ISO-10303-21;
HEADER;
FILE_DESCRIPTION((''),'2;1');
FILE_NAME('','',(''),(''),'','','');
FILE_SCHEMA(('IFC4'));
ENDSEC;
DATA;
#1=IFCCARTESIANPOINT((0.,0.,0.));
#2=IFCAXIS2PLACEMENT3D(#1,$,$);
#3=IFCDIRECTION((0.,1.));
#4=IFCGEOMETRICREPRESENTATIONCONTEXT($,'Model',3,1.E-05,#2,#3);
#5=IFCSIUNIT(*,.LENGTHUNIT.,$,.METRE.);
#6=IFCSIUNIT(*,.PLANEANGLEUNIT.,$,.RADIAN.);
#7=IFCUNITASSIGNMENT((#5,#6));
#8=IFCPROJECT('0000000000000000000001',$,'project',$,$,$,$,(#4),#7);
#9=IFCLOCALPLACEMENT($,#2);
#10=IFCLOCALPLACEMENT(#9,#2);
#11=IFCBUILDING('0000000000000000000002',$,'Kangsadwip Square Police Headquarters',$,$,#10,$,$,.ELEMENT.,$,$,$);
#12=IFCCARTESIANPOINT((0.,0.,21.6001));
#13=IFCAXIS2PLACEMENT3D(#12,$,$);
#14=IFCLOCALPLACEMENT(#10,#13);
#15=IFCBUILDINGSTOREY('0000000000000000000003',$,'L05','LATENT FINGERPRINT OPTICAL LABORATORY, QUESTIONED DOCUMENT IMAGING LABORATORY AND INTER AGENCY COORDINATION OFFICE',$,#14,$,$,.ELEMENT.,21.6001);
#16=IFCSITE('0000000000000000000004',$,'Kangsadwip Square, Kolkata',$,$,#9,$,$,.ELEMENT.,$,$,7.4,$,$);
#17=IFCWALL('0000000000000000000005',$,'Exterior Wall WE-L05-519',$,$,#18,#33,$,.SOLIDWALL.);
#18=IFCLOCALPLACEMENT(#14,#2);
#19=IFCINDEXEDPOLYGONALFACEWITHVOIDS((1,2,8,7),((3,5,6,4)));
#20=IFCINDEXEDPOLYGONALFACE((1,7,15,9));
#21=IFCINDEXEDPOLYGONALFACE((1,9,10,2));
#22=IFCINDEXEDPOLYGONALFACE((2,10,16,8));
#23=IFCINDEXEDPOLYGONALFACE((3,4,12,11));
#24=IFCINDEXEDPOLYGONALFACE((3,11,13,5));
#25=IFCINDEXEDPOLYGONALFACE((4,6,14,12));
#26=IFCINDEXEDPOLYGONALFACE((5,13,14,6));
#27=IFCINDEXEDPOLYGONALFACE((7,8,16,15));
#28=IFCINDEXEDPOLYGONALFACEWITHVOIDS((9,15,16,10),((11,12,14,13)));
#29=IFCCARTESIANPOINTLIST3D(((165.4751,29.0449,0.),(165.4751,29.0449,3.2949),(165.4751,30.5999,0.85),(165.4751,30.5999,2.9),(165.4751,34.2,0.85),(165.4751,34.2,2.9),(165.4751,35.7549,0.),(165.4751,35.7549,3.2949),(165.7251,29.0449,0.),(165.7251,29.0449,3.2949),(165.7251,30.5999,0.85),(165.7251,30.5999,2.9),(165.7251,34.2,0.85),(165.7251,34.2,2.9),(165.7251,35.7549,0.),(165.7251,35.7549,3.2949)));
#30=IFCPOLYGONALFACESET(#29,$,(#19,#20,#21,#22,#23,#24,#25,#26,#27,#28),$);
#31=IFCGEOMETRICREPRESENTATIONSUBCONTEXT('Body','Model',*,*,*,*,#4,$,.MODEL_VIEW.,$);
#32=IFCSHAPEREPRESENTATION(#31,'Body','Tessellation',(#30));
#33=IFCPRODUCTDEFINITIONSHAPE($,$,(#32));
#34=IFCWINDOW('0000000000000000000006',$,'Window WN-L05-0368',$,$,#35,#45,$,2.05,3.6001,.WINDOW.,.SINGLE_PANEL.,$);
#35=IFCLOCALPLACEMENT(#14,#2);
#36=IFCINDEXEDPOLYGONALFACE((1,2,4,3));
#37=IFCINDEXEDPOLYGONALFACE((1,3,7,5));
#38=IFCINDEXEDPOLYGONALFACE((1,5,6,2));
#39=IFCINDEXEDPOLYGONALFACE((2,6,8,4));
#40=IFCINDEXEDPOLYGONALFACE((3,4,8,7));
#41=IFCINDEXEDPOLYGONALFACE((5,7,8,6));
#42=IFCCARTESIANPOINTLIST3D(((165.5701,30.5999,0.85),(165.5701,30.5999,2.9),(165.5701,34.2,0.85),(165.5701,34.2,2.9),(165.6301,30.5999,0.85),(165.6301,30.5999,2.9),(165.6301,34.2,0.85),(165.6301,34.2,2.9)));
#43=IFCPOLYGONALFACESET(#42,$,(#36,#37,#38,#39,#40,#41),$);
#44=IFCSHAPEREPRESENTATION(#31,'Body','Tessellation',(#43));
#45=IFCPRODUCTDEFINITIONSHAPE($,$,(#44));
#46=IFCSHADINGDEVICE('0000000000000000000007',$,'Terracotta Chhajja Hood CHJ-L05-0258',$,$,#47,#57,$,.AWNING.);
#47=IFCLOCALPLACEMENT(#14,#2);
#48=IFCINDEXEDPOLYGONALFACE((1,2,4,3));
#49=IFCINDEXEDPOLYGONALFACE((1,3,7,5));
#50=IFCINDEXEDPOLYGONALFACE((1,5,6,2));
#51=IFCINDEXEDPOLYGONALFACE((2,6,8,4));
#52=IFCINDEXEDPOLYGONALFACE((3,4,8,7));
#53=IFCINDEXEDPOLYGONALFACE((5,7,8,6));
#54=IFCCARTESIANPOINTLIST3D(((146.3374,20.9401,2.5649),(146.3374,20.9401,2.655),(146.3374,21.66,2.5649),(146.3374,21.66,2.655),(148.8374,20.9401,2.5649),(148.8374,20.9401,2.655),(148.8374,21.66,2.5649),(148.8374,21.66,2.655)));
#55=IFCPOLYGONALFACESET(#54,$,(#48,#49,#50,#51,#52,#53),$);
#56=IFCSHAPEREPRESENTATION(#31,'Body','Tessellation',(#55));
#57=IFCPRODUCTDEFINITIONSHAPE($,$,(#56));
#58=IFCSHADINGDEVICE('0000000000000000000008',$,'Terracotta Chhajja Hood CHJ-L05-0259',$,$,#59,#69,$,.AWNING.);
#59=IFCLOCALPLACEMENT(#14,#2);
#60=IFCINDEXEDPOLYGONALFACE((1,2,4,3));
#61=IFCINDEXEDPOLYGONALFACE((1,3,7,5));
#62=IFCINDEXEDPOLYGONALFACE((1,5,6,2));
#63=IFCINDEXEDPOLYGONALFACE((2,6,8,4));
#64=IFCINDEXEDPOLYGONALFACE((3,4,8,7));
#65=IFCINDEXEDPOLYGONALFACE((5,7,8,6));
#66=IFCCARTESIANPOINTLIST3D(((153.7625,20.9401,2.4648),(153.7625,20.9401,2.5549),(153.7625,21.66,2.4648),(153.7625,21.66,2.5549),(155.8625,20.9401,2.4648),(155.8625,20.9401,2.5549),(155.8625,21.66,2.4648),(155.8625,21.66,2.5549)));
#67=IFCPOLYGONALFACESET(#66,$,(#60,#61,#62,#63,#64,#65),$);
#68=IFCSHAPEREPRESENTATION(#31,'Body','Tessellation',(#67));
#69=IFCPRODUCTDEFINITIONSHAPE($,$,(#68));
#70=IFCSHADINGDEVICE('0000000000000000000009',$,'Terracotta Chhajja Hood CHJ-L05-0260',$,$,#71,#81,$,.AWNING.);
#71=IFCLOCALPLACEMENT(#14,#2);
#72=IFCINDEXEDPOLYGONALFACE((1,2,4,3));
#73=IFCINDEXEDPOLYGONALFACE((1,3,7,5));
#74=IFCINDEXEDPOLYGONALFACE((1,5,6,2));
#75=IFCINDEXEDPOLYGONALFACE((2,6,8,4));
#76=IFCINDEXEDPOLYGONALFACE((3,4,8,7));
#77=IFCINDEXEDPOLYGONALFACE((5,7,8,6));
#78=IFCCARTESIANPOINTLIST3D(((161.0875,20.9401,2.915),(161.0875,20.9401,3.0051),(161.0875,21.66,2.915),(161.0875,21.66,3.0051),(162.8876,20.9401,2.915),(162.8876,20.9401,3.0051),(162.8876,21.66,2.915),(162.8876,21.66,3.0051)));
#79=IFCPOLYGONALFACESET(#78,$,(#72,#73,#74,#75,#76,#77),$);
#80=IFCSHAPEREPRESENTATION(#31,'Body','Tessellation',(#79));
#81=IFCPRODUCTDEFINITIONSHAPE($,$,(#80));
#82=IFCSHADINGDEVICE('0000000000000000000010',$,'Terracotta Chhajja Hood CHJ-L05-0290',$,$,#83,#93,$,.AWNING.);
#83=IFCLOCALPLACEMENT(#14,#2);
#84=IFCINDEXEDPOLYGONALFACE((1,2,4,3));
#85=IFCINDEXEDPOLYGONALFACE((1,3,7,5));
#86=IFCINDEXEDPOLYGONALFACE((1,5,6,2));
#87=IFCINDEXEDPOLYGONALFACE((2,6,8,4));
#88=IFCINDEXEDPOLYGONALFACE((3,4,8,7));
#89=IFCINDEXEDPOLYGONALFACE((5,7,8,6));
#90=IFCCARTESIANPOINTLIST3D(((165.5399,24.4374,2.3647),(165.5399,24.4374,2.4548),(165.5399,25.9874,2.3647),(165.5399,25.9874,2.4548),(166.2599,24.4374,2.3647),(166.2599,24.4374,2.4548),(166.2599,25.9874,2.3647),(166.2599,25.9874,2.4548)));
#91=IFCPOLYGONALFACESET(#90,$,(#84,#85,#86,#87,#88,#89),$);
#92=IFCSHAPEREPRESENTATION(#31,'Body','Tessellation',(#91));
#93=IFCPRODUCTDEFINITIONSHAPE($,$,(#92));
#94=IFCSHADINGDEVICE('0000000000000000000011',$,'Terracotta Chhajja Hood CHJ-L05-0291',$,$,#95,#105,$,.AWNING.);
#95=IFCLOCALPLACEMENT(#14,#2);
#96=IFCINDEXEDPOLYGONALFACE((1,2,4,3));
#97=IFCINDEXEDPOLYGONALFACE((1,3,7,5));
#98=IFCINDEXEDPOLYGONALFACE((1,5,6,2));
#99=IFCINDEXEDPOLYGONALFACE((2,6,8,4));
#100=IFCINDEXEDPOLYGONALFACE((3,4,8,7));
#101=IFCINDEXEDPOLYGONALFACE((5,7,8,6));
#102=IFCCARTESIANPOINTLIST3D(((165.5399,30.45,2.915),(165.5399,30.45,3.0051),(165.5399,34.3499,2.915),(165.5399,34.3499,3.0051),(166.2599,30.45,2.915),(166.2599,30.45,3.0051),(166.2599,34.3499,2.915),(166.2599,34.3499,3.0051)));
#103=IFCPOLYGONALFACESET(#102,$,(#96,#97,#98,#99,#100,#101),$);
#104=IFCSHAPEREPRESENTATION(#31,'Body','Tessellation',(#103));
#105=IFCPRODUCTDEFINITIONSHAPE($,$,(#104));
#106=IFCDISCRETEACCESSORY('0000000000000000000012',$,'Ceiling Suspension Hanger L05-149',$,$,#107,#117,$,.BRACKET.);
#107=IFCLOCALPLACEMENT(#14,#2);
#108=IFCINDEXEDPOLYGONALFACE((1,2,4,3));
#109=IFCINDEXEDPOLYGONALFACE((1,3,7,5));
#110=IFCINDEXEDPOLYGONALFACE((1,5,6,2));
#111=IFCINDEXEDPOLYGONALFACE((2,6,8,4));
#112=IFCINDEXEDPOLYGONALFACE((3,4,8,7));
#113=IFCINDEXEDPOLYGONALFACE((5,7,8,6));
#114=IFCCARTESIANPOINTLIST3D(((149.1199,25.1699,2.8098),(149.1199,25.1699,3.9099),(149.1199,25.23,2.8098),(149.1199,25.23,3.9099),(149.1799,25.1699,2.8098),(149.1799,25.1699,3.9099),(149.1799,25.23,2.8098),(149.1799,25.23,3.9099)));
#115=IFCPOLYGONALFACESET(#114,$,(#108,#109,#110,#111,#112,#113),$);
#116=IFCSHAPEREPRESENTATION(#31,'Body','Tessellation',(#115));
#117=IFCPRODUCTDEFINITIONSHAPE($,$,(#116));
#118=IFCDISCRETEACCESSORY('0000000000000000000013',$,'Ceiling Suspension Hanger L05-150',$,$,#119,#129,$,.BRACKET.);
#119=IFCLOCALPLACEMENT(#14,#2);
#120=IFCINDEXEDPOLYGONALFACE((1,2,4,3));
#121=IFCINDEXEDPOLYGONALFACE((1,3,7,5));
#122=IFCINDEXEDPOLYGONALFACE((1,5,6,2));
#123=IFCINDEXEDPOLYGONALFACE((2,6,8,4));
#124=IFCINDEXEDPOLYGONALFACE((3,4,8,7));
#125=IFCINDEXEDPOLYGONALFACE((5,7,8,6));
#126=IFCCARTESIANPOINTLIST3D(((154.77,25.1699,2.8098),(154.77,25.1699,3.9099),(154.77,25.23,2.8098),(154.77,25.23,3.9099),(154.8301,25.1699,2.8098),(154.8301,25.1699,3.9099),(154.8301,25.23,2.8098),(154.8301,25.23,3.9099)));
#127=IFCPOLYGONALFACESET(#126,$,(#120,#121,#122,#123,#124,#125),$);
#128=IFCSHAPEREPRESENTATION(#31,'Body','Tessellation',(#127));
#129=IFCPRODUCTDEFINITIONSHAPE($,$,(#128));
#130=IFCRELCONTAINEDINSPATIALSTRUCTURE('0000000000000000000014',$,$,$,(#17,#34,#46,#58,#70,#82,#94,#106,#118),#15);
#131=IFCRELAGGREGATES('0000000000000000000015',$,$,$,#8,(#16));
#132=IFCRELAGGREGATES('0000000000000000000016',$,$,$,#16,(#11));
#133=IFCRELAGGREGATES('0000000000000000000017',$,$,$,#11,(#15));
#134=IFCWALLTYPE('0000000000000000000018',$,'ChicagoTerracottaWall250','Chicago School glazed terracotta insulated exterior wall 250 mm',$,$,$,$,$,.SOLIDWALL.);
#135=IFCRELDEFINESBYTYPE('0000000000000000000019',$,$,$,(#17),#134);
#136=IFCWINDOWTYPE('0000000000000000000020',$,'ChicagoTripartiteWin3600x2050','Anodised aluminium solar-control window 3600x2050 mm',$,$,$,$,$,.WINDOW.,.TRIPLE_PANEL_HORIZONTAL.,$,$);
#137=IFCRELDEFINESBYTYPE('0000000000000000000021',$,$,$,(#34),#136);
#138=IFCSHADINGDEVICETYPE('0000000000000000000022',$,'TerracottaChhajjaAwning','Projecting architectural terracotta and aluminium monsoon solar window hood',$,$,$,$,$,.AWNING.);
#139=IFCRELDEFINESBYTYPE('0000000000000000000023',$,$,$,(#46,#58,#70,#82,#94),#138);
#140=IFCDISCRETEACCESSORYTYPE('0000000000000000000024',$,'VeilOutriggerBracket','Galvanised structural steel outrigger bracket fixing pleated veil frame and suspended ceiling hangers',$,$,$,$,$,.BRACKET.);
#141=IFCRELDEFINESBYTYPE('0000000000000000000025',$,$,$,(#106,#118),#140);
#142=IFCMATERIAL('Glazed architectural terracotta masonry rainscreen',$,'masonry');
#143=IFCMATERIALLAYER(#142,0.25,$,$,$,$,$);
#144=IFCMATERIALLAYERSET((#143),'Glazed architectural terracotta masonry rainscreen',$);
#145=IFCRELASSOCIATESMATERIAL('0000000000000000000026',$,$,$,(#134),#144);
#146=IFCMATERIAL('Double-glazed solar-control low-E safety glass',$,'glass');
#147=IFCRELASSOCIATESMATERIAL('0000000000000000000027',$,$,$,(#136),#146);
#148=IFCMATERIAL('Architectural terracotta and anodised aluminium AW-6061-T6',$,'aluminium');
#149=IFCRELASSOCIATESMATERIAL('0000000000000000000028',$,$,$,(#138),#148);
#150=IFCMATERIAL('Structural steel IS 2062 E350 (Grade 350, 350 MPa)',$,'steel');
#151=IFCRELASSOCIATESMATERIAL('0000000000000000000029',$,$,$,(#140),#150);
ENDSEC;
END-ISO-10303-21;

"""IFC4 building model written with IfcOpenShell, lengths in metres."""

from ifc_helpers import new_model, si_unit, direction, frame, frame_2d, origin, origin_2d, place, context, subcontext, project, spatial, rectangle, extrude, material, layer, layer_set, type_object, element, fill, save


model = new_model("IFC4")

# Units and contexts
model_context = context("Model", 3, precision=1e-05, world=origin(), true_north=direction((0.0, 1.0)))
body_context = subcontext(model_context, "Body", "Model", "MODEL_VIEW")
ifc_project = project(units=[si_unit("LENGTHUNIT", "METRE"), si_unit("PLANEANGLEUNIT", "RADIAN")], contexts=[model_context])

# Site, building, storey
site_placement = place(None, origin())
site = spatial("IfcSite", under=ifc_project, at=site_placement, Name="Kangsadwip Square, Kolkata", CompositionType="ELEMENT", RefElevation=7.4)
building_placement = place(site_placement, origin())
building = spatial("IfcBuilding", under=site, at=building_placement, Name="Kangsadwip Square Police Headquarters", CompositionType="ELEMENT")
storey_placement = place(building_placement, frame((0.0, 0.0, 21.6001)))
storey = spatial("IfcBuildingStorey", under=building, at=storey_placement, Name="L05", Description="LATENT FINGERPRINT OPTICAL LABORATORY, QUESTIONED DOCUMENT IMAGING LABORATORY AND INTER AGENCY COORDINATION OFFICE", CompositionType="ELEMENT", Elevation=21.6001)

# Wall, opening, window
ifc_material_1 = material(Name="Glazed architectural terracotta masonry rainscreen", Category="masonry")
ifc_layer_1 = layer(ifc_material_1, 0.25)
ifc_layer_set_1 = layer_set([ifc_layer_1], Name="Glazed architectural terracotta masonry rainscreen")
wall_type_1 = type_object("IfcWallType", Name="ChicagoTerracottaWall250", Description="Chicago School glazed terracotta insulated exterior wall 250 mm", PredefinedType="SOLIDWALL", material=ifc_layer_set_1)
wall_1_placement = place(storey_placement, frame((165.6001, 29.0449, 0.0), z_axis=(0.0, 0.0, 1.0), x_axis=(0.0, 1.0, 0.0)))
wall_1 = element("IfcWall", 1, at=wall_1_placement, inside=storey, type_object=wall_type_1, Name="Exterior Wall WE-L05-519", PredefinedType="SOLIDWALL", context=body_context, shape_type="SweptSolid", body=[
    extrude(rectangle(XDim=6.71, YDim=0.25, at=frame_2d((3.355, 0.0))), origin(), (0.0, 0.0, 1.0), 3.2949),
])
opening_1_placement = place(wall_1_placement, frame((1.5549, 0.0, 0.8501)))
opening_1 = element("IfcOpeningElement", 2, at=opening_1_placement, cuts=wall_1, PredefinedType="OPENING", context=body_context, shape_type="SweptSolid", body=[
    extrude(rectangle(XDim=3.6001, YDim=2.05, at=frame_2d((1.8, 1.0249))), frame((0.0, 0.135, 0.0), z_axis=(0.0, -1.0, 0.0), x_axis=(1.0, 0.0, 0.0)), (0.0, 0.0, 1.0), 0.27),
])
ifc_material_2 = material(Name="Double-glazed solar-control low-E safety glass", Category="glass")
window_type_1 = type_object("IfcWindowType", Name="ChicagoTripartiteWin3600x2050", Description="Anodised aluminium solar-control window 3600x2050 mm", PartitioningType="TRIPLE_PANEL_HORIZONTAL", PredefinedType="WINDOW", material=ifc_material_2)
window_1_placement = place(opening_1_placement, origin())
window_1 = element("IfcWindow", 3, at=window_1_placement, inside=storey, type_object=window_type_1, Name="Window WN-L05-0368", OverallHeight=2.05, OverallWidth=3.6001, PartitioningType="SINGLE_PANEL", PredefinedType="WINDOW", context=body_context, shape_type="SweptSolid", body=[
    extrude(rectangle(XDim=3.6001, YDim=2.05, at=frame_2d((1.8, 1.0249))), frame((0.0, 0.03, 0.0), z_axis=(0.0, -1.0, 0.0), x_axis=(1.0, 0.0, 0.0)), (0.0, 0.0, 1.0), 0.0601),
])
fill(opening_1, window_1)

# Shading devices
ifc_material_3 = material(Name="Architectural terracotta and anodised aluminium AW-6061-T6", Category="aluminium")
shading_device_type = type_object("IfcShadingDeviceType", Name="TerracottaChhajjaAwning", Description="Projecting architectural terracotta and aluminium monsoon solar window hood", PredefinedType="AWNING", material=ifc_material_3)
shading_device_1_placement = place(storey_placement, frame((147.5874, 21.3, 2.5649), z_axis=(0.0, 0.0, 1.0), x_axis=(1.0, 0.0, 0.0)))
element("IfcShadingDevice", 4, at=shading_device_1_placement, inside=storey, type_object=shading_device_type, Name="Terracotta Chhajja Hood CHJ-L05-0258", PredefinedType="AWNING", context=body_context, shape_type="SweptSolid", body=[
    extrude(rectangle(XDim=2.5, YDim=0.72, at=origin_2d()), origin(), (0.0, 0.0, 1.0), 0.0901),
])
shading_device_2_placement = place(storey_placement, frame((154.8125, 21.3, 2.4648), z_axis=(0.0, 0.0, 1.0), x_axis=(1.0, 0.0, 0.0)))
element("IfcShadingDevice", 5, at=shading_device_2_placement, inside=storey, type_object=shading_device_type, Name="Terracotta Chhajja Hood CHJ-L05-0259", PredefinedType="AWNING", context=body_context, shape_type="SweptSolid", body=[
    extrude(rectangle(XDim=2.1001, YDim=0.72, at=origin_2d()), origin(), (0.0, 0.0, 1.0), 0.0901),
])
shading_device_3_placement = place(storey_placement, frame((161.9875, 21.3, 2.915), z_axis=(0.0, 0.0, 1.0), x_axis=(1.0, 0.0, 0.0)))
element("IfcShadingDevice", 6, at=shading_device_3_placement, inside=storey, type_object=shading_device_type, Name="Terracotta Chhajja Hood CHJ-L05-0260", PredefinedType="AWNING", context=body_context, shape_type="SweptSolid", body=[
    extrude(rectangle(XDim=1.8, YDim=0.72, at=origin_2d()), origin(), (0.0, 0.0, 1.0), 0.0901),
])
shading_device_4_placement = place(storey_placement, frame((165.8999, 25.2124, 2.3647), z_axis=(0.0, 0.0, 1.0), x_axis=(0.0, 1.0, 0.0)))
element("IfcShadingDevice", 7, at=shading_device_4_placement, inside=storey, type_object=shading_device_type, Name="Terracotta Chhajja Hood CHJ-L05-0290", PredefinedType="AWNING", context=body_context, shape_type="SweptSolid", body=[
    extrude(rectangle(XDim=1.55, YDim=0.72, at=origin_2d()), origin(), (0.0, 0.0, 1.0), 0.0901),
])
shading_device_5_placement = place(storey_placement, frame((165.8999, 32.3999, 2.915), z_axis=(0.0, 0.0, 1.0), x_axis=(0.0, 1.0, 0.0)))
element("IfcShadingDevice", 8, at=shading_device_5_placement, inside=storey, type_object=shading_device_type, Name="Terracotta Chhajja Hood CHJ-L05-0291", PredefinedType="AWNING", context=body_context, shape_type="SweptSolid", body=[
    extrude(rectangle(XDim=3.8999, YDim=0.72, at=origin_2d()), origin(), (0.0, 0.0, 1.0), 0.0901),
])

# Discrete accessories
ifc_material_4 = material(Name="Structural steel IS 2062 E350 (Grade 350, 350 MPa)", Category="steel")
discrete_accessory_type = type_object("IfcDiscreteAccessoryType", Name="VeilOutriggerBracket", Description="Galvanised structural steel outrigger bracket fixing pleated veil frame and suspended ceiling hangers", PredefinedType="BRACKET", material=ifc_material_4)
for number, where, z_axis, x_axis, name in (
    (9, (149.1499, 25.2, 2.8098), (0.0, 0.0, 1.0), (1.0, 0.0, 0.0), "Ceiling Suspension Hanger L05-149"),
    (10, (154.8, 25.2, 2.8098), (0.0, 0.0, 1.0), (1.0, 0.0, 0.0), "Ceiling Suspension Hanger L05-150"),
):
    element("IfcDiscreteAccessory", number, at=place(storey_placement, frame(where, z_axis=z_axis, x_axis=x_axis)), inside=storey, type_object=discrete_accessory_type, Name=name, PredefinedType="BRACKET", context=body_context, shape_type="SweptSolid", body=[
        extrude(rectangle(XDim=0.0601, YDim=0.0601, at=origin_2d()), origin(), (0.0, 0.0, 1.0), 1.1001),
    ])

save(model, "model.ifc")
